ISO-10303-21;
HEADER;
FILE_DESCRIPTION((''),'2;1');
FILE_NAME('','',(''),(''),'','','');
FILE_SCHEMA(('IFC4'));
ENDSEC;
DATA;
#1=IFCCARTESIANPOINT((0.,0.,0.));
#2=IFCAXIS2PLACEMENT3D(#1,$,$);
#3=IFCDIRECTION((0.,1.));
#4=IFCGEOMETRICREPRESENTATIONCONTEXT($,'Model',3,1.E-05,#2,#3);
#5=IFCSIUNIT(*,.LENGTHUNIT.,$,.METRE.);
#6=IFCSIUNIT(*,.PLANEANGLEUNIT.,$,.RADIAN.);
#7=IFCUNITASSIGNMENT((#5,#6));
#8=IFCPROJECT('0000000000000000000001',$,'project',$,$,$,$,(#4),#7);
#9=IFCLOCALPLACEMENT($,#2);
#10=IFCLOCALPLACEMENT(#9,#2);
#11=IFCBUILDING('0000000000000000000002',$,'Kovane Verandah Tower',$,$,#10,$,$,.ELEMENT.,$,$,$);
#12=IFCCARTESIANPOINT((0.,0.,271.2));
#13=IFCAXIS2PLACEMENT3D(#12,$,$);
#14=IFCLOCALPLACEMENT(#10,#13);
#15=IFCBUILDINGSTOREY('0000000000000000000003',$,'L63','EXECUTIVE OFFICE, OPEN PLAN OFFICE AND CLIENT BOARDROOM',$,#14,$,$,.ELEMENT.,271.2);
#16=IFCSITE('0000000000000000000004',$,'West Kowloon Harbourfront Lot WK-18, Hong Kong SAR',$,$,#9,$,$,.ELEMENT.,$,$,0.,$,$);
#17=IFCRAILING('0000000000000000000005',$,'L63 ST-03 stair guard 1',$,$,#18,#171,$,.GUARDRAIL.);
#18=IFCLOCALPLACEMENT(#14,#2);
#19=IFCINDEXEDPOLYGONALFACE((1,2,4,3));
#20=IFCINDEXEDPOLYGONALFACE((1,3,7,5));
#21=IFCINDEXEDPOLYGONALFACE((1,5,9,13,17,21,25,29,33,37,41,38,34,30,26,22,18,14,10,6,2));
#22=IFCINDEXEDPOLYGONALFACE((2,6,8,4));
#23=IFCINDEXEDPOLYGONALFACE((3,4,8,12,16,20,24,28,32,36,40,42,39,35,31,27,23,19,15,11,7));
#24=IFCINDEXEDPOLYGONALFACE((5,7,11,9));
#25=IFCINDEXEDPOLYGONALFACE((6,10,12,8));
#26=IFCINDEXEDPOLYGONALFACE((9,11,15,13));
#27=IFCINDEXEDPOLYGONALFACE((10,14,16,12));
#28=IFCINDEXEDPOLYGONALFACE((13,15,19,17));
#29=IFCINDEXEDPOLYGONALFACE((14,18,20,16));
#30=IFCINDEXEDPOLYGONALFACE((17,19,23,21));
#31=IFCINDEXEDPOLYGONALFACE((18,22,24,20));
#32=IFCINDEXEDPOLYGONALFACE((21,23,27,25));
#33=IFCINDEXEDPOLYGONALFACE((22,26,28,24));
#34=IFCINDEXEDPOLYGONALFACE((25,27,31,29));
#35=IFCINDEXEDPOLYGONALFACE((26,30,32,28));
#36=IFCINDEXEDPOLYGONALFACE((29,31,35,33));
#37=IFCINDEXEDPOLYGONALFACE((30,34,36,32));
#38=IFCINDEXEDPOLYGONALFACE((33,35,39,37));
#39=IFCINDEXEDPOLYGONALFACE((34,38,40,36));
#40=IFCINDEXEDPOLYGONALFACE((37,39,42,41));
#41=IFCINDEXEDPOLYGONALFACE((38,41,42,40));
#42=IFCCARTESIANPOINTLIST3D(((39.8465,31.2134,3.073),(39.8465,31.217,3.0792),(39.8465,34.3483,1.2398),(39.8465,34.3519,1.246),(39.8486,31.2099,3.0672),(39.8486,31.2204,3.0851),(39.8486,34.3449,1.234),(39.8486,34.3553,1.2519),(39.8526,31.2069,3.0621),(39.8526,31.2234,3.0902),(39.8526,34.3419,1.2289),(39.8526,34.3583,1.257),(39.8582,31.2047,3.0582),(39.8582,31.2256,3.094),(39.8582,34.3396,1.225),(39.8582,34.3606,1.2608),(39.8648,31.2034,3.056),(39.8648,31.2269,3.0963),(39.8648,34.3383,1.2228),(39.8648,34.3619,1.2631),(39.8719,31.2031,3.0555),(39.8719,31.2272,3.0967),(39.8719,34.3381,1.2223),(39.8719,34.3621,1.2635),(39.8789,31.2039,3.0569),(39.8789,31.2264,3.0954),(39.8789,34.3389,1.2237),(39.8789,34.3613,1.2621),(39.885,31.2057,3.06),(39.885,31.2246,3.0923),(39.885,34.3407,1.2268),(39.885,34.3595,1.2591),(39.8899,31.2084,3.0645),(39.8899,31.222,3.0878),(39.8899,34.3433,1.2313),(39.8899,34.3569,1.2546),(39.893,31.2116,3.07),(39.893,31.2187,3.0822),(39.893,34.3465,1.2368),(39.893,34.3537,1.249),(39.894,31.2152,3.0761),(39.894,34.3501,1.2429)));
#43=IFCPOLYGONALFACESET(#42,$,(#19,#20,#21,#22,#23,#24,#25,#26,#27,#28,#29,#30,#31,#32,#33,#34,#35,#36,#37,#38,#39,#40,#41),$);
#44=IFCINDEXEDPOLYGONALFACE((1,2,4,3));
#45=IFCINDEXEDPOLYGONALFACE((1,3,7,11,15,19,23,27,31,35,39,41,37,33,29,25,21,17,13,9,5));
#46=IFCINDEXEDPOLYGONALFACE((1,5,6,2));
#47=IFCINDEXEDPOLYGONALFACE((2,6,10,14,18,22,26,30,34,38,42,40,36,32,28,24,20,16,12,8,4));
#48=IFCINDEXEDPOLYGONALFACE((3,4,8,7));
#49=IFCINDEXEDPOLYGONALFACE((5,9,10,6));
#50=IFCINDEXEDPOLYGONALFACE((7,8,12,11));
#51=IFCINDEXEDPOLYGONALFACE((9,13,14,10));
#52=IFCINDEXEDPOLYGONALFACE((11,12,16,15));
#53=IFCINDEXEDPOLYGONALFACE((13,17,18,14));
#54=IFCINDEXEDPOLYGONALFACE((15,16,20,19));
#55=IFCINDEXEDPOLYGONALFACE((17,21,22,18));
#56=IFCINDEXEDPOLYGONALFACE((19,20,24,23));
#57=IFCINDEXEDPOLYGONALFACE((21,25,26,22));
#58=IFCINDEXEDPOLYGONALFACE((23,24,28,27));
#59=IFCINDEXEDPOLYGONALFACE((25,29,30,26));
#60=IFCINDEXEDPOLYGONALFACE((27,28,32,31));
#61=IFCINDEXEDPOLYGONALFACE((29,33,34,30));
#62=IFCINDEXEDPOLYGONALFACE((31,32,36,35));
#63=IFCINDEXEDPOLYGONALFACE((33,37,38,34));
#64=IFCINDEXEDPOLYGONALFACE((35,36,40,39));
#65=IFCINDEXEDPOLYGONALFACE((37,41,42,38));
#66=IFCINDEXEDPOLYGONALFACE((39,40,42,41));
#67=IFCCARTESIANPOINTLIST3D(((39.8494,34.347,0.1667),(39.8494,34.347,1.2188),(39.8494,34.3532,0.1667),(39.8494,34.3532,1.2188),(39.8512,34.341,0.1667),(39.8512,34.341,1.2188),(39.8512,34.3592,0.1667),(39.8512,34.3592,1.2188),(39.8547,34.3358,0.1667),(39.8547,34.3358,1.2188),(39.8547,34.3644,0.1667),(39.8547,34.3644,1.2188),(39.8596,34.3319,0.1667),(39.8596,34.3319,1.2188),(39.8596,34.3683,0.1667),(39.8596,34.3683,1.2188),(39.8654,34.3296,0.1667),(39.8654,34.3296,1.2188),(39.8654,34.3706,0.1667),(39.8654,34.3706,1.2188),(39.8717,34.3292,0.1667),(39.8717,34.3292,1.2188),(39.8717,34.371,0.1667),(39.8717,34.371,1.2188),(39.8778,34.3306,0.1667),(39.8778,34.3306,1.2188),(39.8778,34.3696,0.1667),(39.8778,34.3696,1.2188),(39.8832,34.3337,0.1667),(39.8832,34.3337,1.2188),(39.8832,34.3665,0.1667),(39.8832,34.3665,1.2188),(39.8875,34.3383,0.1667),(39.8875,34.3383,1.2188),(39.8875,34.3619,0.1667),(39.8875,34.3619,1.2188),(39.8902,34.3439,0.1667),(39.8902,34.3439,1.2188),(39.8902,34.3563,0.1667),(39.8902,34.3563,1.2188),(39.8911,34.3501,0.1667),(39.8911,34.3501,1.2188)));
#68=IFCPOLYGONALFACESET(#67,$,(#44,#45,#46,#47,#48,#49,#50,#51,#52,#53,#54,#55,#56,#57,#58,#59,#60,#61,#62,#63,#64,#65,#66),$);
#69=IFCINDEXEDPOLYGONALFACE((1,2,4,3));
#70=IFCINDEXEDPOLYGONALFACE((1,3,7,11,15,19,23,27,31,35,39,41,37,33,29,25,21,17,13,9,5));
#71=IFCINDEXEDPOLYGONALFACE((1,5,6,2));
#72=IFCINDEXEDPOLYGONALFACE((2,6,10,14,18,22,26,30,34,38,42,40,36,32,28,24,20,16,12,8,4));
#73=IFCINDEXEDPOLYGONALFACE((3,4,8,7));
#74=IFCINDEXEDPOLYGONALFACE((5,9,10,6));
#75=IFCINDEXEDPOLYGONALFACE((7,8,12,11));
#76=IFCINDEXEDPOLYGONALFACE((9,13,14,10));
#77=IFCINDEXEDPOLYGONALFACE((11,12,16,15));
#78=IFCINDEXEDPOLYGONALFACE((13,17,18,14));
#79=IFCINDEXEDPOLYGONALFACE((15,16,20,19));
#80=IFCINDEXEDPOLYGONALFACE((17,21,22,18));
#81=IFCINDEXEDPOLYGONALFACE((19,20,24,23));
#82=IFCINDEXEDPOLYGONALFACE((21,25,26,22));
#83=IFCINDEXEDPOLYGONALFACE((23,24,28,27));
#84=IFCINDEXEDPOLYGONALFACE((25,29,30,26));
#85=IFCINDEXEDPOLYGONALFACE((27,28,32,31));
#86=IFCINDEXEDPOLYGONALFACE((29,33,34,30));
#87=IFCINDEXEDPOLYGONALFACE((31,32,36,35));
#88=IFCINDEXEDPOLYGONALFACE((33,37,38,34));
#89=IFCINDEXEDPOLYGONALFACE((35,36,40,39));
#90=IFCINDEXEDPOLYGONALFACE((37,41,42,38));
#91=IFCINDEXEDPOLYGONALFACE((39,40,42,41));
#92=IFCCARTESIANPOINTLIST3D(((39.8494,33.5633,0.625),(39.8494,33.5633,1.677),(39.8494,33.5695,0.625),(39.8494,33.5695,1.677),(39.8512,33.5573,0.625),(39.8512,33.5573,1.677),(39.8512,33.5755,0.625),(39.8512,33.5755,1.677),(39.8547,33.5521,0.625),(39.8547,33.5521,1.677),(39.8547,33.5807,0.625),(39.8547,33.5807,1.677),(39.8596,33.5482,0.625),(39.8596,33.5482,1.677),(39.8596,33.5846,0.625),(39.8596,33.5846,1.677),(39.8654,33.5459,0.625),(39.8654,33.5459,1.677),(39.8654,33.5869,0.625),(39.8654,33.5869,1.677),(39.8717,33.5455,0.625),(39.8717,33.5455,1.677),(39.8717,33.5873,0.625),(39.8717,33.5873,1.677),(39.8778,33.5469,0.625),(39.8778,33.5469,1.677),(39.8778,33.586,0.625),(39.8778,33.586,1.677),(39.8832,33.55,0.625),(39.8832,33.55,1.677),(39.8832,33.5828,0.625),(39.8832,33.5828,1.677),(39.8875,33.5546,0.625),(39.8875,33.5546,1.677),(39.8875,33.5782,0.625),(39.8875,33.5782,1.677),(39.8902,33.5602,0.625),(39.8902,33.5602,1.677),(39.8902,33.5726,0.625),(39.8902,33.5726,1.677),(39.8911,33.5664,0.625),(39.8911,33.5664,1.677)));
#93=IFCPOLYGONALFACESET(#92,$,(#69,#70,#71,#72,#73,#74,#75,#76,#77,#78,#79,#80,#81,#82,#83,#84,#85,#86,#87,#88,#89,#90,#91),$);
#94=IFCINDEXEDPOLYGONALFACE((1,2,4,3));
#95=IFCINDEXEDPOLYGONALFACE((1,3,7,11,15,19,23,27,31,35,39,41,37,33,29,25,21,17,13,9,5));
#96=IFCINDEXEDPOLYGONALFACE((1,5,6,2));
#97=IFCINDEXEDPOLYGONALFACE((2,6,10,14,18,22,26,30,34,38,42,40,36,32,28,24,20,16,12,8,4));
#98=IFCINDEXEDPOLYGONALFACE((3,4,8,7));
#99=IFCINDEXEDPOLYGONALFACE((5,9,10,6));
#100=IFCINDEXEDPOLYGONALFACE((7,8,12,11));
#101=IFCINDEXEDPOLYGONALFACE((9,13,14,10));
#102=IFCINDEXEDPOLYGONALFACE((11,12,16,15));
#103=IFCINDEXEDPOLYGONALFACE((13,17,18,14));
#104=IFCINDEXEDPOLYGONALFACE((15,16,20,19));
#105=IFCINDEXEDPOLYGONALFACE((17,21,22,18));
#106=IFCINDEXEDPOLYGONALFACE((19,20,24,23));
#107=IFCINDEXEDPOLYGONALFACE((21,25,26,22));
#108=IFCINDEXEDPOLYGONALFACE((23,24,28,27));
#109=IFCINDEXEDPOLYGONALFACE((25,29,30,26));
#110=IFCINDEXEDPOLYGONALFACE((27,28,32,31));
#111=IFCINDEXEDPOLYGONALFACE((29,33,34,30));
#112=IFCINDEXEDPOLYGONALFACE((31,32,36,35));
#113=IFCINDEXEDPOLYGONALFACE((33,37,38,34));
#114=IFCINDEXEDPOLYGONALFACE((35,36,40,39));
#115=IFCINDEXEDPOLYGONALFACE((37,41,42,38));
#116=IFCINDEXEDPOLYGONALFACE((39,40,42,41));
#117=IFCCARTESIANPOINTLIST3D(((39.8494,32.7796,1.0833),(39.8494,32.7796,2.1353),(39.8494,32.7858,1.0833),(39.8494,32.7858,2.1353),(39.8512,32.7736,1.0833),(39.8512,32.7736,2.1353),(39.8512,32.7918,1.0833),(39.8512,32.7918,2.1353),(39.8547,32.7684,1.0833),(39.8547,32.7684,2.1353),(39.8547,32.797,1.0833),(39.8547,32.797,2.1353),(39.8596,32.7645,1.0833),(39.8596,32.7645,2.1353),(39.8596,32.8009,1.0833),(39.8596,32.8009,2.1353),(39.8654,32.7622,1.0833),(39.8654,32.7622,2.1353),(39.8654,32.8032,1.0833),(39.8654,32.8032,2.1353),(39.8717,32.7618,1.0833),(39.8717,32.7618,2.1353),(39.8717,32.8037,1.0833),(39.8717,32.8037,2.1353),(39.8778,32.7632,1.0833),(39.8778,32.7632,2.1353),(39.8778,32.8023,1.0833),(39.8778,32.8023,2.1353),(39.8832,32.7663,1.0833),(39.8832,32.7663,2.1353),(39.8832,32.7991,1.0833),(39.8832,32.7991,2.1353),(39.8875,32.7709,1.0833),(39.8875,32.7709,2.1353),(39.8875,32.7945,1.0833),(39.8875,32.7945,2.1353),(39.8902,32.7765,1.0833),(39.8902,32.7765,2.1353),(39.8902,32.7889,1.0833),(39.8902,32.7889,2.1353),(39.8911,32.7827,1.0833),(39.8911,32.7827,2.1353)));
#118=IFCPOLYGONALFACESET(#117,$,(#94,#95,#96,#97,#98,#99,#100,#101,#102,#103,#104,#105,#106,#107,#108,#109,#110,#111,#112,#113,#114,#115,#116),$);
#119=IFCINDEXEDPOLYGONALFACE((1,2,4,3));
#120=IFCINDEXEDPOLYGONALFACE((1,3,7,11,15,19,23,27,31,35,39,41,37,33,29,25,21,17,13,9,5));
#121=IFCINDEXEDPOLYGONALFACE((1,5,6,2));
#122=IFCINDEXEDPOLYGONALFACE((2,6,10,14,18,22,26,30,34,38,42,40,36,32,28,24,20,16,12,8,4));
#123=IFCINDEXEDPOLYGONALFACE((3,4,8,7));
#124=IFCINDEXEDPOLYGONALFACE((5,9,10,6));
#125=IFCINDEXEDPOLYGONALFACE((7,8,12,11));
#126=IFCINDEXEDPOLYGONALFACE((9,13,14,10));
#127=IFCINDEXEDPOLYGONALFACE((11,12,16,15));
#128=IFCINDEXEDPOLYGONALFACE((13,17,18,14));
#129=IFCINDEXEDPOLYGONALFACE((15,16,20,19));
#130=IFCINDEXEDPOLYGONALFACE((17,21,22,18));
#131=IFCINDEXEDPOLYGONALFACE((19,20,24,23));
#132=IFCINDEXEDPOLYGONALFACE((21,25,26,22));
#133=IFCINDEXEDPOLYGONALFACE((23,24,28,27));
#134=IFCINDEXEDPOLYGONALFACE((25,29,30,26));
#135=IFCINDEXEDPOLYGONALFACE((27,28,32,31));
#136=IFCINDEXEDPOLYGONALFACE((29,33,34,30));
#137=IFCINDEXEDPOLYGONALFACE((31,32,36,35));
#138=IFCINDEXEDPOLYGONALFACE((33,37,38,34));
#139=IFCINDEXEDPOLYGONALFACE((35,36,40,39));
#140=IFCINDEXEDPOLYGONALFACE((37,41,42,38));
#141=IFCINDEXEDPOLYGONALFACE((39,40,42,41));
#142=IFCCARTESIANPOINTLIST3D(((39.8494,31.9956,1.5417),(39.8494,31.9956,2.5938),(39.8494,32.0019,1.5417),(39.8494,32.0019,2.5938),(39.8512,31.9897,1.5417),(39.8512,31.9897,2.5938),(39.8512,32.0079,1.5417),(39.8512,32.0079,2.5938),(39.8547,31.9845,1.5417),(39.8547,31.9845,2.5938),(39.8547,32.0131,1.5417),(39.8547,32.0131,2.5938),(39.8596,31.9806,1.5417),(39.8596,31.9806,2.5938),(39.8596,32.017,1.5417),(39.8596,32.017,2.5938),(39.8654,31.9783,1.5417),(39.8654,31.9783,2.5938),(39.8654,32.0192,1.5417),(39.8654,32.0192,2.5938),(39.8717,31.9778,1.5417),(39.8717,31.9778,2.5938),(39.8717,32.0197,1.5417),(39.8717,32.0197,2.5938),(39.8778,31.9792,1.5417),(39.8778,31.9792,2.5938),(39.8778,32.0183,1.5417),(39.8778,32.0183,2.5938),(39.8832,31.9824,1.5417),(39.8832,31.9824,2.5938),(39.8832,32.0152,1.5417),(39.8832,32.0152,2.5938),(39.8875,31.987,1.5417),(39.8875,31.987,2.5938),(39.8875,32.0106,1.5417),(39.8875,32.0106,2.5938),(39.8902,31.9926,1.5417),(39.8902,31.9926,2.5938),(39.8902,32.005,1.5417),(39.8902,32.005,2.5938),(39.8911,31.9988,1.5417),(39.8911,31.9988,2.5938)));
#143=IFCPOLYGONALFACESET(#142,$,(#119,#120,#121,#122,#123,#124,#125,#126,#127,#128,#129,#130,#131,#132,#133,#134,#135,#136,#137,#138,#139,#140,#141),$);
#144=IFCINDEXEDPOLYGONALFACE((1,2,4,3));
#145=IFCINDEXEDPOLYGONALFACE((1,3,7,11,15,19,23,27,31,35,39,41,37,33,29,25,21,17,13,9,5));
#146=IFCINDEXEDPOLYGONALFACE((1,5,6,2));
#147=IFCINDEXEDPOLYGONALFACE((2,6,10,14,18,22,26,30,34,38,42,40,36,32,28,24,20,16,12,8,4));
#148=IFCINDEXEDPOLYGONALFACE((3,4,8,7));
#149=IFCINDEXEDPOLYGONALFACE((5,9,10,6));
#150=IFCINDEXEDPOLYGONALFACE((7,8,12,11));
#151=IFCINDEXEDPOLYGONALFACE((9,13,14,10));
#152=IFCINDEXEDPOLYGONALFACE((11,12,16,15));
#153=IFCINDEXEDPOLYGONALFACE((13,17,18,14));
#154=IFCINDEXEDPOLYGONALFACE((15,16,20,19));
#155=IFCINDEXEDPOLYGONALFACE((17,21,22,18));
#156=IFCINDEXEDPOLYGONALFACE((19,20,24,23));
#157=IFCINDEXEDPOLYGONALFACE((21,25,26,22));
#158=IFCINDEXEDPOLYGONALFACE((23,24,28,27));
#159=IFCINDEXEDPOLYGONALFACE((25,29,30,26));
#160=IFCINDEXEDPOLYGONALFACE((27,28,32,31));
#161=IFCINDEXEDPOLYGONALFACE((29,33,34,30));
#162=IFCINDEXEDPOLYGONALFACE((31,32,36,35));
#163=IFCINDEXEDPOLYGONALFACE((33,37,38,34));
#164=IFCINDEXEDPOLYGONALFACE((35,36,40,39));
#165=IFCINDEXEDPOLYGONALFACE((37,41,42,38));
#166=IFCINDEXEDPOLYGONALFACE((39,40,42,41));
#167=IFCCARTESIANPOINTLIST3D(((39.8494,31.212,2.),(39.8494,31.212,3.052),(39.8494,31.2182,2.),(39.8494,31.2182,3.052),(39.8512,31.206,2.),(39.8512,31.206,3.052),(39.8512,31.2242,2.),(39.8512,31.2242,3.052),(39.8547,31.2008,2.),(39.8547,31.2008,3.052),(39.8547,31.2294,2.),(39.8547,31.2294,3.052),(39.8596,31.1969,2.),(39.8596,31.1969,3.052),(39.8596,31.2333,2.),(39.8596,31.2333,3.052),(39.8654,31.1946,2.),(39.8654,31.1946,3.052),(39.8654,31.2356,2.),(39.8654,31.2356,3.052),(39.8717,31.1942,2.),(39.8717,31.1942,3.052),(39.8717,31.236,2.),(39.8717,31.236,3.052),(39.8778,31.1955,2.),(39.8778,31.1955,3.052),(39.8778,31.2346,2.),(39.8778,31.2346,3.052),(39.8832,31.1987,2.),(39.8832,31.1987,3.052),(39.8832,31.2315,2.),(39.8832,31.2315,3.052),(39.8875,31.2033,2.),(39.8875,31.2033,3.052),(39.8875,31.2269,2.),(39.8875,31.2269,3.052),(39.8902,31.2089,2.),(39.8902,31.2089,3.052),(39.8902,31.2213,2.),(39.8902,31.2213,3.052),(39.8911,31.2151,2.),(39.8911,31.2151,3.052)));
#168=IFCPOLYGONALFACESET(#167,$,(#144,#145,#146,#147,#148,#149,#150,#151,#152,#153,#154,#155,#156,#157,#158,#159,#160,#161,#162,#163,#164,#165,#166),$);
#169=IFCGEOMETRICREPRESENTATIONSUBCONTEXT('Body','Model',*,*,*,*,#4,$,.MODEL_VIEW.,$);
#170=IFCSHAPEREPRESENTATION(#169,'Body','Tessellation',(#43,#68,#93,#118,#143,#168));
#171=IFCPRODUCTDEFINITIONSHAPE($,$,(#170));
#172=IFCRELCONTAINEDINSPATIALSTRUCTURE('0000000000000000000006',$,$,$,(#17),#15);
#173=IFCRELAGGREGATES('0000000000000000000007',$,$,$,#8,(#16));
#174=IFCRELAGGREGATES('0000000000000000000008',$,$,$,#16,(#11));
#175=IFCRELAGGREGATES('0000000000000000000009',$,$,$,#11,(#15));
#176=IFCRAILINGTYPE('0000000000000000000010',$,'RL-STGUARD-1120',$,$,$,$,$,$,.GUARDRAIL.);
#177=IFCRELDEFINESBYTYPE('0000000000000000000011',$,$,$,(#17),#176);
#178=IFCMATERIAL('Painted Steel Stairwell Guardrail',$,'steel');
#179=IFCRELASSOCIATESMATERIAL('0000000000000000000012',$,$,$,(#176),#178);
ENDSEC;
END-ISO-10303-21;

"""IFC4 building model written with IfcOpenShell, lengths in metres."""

from ifc_helpers import new_model, si_unit, direction, frame, origin, origin_2d, place, context, subcontext, project, spatial, circle, extrude, material, type_object, element, save


model = new_model("IFC4")

# Units and contexts
model_context = context("Model", 3, precision=1e-05, world=origin(), true_north=direction((0.0, 1.0)))
body_context = subcontext(model_context, "Body", "Model", "MODEL_VIEW")
ifc_project = project(units=[si_unit("LENGTHUNIT", "METRE"), si_unit("PLANEANGLEUNIT", "RADIAN")], contexts=[model_context])

# Site, building, storey
site_placement = place(None, origin())
site = spatial("IfcSite", under=ifc_project, at=site_placement, Name="West Kowloon Harbourfront Lot WK-18, Hong Kong SAR", CompositionType="ELEMENT", RefElevation=0.0)
building_placement = place(site_placement, origin())
building = spatial("IfcBuilding", under=site, at=building_placement, Name="Kovane Verandah Tower", CompositionType="ELEMENT")
storey_placement = place(building_placement, frame((0.0, 0.0, 271.2)))
storey = spatial("IfcBuildingStorey", under=building, at=storey_placement, Name="L63", Description="EXECUTIVE OFFICE, OPEN PLAN OFFICE AND CLIENT BOARDROOM", CompositionType="ELEMENT", Elevation=271.2)

# Railing
ifc_material_1 = material(Name="Painted Steel Stairwell Guardrail", Category="steel")
railing_type = type_object("IfcRailingType", Name="RL-STGUARD-1120", PredefinedType="GUARDRAIL", material=ifc_material_1)
railing_1_placement = place(storey_placement, frame((39.8701, 34.3501, 0.1667)))
element("IfcRailing", 1, at=railing_1_placement, inside=storey, type_object=railing_type, Name="L63 ST-03 stair guard 1", PredefinedType="GUARDRAIL", context=body_context, shape_type="SweptSolid", body=[
    extrude(circle(Radius=0.0239, at=origin_2d()), frame((0.0, 0.0, 1.0762), z_axis=(0.0, -0.86324, 0.504794), x_axis=(1.0, 0.0, 0.0)), (0.0, 0.0, 1.0), 3.6316),
    extrude(circle(Radius=0.021, at=origin_2d()), origin(), (0.0, 0.0, 1.0), 1.052),
    extrude(circle(Radius=0.021, at=origin_2d()), frame((0.0, -0.7837, 0.4583)), (0.0, 0.0, 1.0), 1.052),
    extrude(circle(Radius=0.021, at=origin_2d()), frame((0.0, -1.5674, 0.9165)), (0.0, 0.0, 1.0), 1.052),
    extrude(circle(Radius=0.021, at=origin_2d()), frame((0.0, -2.3513, 1.375)), (0.0, 0.0, 1.0), 1.052),
    extrude(circle(Radius=0.021, at=origin_2d()), frame((0.0, -3.135, 1.8333)), (0.0, 0.0, 1.0), 1.052),
])

save(model, "model.ifc")
